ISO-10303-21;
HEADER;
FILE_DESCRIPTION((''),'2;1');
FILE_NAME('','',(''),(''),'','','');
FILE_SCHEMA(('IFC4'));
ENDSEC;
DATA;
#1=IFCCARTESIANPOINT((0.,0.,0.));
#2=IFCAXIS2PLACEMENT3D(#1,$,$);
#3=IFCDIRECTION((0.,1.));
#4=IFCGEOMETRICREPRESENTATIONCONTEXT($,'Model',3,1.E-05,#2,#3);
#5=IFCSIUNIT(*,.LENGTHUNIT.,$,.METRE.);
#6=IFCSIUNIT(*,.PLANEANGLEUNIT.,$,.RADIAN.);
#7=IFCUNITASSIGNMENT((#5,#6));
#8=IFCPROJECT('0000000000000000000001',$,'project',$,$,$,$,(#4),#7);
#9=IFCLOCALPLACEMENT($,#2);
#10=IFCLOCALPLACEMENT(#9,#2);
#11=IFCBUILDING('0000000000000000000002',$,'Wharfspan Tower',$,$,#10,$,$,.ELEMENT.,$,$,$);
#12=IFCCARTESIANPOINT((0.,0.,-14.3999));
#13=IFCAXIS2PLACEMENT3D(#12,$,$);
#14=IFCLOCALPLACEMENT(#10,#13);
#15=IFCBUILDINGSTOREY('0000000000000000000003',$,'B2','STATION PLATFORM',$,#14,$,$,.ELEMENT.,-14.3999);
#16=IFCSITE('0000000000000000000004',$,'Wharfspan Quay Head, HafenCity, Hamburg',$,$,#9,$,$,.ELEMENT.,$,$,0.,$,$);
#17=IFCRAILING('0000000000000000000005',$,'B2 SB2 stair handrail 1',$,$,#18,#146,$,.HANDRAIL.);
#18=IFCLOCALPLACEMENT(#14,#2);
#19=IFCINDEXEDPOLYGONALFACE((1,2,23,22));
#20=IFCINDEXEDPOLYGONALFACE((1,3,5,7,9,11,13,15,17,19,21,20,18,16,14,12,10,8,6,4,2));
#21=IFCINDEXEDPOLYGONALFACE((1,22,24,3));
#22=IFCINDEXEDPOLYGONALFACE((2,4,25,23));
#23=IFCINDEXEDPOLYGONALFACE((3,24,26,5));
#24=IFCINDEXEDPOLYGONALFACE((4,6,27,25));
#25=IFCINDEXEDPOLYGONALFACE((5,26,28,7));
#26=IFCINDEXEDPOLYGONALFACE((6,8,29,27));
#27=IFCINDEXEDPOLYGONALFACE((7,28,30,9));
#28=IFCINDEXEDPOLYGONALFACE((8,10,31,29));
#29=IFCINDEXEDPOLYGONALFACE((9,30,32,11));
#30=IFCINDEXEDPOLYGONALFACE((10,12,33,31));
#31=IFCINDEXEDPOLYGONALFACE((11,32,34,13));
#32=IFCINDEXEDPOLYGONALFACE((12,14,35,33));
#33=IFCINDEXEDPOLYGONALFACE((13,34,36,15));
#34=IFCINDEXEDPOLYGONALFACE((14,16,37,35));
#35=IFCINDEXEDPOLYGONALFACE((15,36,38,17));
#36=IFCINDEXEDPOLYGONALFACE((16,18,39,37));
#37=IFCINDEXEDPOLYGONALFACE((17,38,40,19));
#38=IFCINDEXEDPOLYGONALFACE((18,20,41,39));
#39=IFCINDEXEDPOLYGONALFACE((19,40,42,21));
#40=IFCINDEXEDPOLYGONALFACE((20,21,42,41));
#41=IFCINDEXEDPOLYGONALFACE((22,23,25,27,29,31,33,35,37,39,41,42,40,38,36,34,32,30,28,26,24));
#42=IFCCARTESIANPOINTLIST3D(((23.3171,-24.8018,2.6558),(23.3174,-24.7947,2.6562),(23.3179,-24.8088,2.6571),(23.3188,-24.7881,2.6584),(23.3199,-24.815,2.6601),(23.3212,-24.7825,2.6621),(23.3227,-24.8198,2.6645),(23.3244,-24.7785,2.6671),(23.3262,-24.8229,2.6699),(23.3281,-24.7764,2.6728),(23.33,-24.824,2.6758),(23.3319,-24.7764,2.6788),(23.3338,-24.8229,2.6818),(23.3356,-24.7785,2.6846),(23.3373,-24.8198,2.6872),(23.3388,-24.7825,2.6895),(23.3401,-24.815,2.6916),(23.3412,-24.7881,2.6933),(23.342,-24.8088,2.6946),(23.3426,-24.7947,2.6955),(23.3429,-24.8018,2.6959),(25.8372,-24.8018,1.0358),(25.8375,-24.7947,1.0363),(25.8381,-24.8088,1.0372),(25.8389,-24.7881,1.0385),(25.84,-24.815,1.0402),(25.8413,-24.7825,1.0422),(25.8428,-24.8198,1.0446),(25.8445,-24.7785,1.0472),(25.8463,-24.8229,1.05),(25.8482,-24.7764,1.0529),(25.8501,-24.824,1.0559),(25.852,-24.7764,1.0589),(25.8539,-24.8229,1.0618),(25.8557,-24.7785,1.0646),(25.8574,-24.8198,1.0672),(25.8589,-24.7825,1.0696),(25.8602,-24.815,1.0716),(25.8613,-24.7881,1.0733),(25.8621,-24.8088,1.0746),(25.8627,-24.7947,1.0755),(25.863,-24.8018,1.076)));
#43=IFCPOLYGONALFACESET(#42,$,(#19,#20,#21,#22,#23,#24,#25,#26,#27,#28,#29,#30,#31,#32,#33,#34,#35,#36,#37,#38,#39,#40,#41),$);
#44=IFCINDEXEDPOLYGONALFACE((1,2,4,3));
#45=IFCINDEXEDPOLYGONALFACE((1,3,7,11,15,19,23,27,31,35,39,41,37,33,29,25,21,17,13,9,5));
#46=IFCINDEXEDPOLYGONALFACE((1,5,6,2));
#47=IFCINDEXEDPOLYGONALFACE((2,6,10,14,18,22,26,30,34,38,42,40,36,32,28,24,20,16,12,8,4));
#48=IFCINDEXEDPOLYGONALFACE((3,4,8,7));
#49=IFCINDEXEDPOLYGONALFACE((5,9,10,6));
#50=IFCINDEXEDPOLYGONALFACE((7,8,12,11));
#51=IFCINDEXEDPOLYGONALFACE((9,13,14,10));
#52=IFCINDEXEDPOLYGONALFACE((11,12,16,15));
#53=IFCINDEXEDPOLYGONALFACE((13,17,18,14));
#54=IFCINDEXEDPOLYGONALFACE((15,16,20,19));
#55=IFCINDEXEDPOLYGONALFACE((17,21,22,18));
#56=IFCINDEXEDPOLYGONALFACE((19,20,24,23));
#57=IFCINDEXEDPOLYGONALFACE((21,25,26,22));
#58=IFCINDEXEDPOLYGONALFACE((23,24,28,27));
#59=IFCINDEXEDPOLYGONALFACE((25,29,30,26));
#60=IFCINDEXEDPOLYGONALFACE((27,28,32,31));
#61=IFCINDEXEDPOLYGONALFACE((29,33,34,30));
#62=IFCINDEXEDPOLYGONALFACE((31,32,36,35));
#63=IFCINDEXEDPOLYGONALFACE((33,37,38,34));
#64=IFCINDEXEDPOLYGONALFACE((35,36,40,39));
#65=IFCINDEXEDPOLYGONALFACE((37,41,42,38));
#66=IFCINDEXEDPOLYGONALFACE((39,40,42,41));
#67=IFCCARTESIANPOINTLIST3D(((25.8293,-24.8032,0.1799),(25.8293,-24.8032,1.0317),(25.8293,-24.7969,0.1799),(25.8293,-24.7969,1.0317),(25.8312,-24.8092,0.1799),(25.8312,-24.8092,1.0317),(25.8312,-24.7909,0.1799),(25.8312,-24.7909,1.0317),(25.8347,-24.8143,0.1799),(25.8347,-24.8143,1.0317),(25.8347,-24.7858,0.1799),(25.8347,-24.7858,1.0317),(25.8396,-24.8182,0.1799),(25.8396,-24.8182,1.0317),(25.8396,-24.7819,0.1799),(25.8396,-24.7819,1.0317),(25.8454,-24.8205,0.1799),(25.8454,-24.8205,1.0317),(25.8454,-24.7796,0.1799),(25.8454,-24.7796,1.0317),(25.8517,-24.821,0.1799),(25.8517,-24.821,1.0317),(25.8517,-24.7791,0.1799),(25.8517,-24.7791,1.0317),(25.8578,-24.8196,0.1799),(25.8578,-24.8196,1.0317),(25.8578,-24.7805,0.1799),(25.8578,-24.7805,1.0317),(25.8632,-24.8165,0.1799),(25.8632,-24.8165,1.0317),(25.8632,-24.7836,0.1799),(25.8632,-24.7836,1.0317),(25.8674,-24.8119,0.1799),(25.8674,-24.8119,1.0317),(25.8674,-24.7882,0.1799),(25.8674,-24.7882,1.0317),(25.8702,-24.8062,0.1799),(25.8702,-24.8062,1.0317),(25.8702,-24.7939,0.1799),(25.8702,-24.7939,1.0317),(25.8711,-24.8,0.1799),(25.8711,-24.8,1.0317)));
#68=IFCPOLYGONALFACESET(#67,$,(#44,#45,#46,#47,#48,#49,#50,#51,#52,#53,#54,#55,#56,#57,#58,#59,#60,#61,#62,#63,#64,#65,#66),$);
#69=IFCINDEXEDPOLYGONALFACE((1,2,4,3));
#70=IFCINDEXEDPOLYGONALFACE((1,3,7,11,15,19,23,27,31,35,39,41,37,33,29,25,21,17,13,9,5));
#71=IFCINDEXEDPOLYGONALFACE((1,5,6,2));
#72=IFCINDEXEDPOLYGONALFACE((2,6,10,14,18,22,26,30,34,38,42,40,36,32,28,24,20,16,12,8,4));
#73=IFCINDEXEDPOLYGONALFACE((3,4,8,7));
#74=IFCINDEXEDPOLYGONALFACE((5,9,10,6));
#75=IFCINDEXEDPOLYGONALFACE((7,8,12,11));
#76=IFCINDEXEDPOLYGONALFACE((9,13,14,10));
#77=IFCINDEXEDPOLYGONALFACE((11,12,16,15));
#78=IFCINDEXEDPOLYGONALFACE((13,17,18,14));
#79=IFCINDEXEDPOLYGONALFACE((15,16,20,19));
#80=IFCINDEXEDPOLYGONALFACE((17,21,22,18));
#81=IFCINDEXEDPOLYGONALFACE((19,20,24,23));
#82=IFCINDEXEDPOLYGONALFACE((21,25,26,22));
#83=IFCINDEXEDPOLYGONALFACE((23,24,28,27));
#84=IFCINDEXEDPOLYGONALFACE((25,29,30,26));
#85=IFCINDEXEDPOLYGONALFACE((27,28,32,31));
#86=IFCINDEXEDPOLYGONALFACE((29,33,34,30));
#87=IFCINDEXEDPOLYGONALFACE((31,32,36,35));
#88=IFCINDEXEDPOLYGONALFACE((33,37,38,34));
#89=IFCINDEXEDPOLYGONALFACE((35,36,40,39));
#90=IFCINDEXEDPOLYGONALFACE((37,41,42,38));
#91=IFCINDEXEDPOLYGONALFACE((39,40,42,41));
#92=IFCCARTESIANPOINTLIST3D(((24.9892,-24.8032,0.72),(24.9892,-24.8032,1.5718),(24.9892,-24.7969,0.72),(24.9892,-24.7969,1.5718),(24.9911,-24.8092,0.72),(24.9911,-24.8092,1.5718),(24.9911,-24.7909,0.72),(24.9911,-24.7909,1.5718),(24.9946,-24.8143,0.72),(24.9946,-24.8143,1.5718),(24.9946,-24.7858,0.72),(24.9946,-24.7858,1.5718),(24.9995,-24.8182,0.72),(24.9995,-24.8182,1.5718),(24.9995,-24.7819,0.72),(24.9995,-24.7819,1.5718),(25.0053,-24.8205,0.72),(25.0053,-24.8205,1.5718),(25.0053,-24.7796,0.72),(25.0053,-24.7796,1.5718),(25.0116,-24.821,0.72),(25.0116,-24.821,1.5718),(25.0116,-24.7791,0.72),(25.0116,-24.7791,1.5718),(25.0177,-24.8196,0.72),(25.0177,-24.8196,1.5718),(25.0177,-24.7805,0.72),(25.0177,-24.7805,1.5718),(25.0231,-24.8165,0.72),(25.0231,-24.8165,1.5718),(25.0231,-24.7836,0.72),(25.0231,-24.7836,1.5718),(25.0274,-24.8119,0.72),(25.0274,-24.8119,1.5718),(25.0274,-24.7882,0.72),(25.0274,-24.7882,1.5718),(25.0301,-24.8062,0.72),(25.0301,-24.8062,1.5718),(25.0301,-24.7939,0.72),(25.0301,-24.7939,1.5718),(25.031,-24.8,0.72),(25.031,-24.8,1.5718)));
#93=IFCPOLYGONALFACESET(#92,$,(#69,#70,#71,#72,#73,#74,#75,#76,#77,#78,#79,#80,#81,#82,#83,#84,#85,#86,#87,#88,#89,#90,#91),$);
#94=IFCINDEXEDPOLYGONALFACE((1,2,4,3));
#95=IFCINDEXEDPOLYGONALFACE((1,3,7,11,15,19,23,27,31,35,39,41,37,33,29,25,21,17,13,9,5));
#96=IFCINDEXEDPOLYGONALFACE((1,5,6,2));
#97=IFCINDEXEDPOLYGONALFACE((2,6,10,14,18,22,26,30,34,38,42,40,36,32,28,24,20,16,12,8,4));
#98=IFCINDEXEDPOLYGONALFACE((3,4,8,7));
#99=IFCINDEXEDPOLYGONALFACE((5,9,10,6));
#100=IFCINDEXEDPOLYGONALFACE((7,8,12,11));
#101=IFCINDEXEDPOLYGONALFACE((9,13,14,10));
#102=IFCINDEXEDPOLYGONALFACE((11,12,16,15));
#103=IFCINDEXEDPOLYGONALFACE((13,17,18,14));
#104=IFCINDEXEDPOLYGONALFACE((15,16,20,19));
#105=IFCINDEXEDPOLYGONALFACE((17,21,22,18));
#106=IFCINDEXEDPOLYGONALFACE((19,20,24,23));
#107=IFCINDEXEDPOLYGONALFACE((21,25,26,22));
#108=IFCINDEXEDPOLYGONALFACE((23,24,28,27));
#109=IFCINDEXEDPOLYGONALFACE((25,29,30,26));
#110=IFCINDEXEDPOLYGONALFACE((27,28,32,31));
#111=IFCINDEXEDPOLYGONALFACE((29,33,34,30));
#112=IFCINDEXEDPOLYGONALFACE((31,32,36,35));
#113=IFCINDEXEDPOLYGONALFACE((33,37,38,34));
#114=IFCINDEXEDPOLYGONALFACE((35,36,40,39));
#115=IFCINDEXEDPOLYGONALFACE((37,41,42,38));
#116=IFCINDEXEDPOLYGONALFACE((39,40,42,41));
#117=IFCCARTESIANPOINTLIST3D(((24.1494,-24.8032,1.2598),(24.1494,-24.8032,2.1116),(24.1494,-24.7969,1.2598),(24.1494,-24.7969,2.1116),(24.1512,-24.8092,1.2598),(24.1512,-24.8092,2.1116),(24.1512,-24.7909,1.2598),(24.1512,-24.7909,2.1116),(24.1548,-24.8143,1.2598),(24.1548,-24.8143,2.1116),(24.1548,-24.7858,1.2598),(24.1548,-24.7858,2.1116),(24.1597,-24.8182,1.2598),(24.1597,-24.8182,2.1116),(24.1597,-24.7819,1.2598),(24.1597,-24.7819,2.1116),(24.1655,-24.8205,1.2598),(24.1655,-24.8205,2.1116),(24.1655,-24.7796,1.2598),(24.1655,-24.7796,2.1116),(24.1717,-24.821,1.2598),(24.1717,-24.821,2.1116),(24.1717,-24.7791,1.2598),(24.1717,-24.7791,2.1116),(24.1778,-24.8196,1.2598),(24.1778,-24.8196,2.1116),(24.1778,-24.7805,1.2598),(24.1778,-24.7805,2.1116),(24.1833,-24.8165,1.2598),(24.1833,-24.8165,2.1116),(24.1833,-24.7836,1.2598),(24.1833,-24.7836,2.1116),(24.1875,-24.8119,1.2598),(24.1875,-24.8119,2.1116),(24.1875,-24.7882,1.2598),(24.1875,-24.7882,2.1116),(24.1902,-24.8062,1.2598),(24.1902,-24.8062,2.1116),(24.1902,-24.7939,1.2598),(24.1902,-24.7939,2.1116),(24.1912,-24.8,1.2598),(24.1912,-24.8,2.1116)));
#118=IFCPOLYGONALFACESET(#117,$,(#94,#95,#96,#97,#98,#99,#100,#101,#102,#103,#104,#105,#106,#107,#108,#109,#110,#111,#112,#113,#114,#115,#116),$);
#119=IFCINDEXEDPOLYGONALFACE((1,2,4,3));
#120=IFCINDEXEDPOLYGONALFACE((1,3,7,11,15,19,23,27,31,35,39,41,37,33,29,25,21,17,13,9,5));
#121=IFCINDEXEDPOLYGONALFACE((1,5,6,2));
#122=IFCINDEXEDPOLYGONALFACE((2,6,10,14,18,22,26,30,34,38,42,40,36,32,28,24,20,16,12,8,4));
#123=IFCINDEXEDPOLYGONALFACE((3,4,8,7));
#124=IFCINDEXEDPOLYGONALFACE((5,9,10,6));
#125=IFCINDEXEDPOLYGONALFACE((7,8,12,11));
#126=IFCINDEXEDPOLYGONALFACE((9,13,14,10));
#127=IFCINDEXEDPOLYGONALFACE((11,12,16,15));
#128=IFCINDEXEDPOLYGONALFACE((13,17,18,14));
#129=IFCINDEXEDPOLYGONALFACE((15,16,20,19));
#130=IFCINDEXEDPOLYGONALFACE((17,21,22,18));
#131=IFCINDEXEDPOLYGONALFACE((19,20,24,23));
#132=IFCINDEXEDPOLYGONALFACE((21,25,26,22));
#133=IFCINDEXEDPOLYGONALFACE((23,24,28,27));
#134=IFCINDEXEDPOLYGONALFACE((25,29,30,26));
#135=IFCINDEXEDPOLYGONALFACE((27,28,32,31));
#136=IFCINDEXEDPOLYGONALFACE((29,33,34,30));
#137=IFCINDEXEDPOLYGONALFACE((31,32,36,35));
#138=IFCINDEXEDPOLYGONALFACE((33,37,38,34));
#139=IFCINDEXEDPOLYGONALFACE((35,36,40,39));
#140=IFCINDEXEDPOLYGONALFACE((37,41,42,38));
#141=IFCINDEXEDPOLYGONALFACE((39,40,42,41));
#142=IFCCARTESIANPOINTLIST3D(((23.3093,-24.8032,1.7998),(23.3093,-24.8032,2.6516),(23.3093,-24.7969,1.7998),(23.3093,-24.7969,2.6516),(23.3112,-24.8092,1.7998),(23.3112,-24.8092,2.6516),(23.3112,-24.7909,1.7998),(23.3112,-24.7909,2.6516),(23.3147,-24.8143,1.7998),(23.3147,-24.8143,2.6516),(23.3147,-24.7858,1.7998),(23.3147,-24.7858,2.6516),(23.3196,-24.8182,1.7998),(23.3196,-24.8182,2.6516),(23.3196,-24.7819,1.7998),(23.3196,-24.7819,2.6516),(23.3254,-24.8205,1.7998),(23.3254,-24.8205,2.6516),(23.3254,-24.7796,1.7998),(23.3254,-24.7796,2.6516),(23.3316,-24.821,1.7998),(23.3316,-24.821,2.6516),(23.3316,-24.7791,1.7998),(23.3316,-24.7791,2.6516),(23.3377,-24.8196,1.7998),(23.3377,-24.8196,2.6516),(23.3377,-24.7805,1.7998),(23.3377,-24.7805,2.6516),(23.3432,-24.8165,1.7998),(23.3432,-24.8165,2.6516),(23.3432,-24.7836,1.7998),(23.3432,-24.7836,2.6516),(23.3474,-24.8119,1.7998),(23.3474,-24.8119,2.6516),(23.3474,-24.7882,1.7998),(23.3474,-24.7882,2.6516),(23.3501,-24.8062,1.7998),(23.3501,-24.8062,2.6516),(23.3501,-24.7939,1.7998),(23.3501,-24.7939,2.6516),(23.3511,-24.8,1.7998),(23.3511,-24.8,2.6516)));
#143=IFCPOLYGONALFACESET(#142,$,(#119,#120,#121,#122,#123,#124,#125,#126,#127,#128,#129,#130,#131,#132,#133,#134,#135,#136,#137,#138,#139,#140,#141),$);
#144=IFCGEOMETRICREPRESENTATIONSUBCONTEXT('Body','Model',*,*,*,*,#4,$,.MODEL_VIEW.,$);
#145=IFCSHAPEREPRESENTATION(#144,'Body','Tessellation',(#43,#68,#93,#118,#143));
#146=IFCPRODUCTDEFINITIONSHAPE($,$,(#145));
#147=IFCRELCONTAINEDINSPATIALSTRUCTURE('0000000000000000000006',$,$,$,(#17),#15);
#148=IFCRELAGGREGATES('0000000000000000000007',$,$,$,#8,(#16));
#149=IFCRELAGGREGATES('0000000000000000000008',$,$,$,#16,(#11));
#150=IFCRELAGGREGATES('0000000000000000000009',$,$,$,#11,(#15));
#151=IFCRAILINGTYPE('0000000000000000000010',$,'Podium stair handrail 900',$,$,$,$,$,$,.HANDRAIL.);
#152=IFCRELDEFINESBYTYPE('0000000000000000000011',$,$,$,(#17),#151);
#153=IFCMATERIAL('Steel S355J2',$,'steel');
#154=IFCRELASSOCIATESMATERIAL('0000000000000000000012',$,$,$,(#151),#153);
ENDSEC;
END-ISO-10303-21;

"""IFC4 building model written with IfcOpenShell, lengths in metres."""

from ifc_helpers import new_model, si_unit, direction, frame, origin, origin_2d, place, context, subcontext, project, spatial, circle, extrude, material, type_object, element, save


model = new_model("IFC4")

# Units and contexts
model_context = context("Model", 3, precision=1e-05, world=origin(), true_north=direction((0.0, 1.0)))
body_context = subcontext(model_context, "Body", "Model", "MODEL_VIEW")
ifc_project = project(units=[si_unit("LENGTHUNIT", "METRE"), si_unit("PLANEANGLEUNIT", "RADIAN")], contexts=[model_context])

# Site, building, storey
site_placement = place(None, origin())
site = spatial("IfcSite", under=ifc_project, at=site_placement, Name="Wharfspan Quay Head, HafenCity, Hamburg", CompositionType="ELEMENT", RefElevation=0.0)
building_placement = place(site_placement, origin())
building = spatial("IfcBuilding", under=site, at=building_placement, Name="Wharfspan Tower", CompositionType="ELEMENT")
storey_placement = place(building_placement, frame((0.0, 0.0, -14.3999)))
storey = spatial("IfcBuildingStorey", under=building, at=storey_placement, Name="B2", Description="STATION PLATFORM", CompositionType="ELEMENT", Elevation=-14.3999)

# Railing
ifc_material_1 = material(Name="Steel S355J2", Category="steel")
railing_type_1 = type_object("IfcRailingType", Name="Podium stair handrail 900", PredefinedType="HANDRAIL", material=ifc_material_1)
railing_1_placement = place(storey_placement, frame((25.8501, -24.8, 0.1799)))
element("IfcRailing", 1, at=railing_1_placement, inside=storey, type_object=railing_type_1, Name="B2 SB2 stair handrail 1", PredefinedType="HANDRAIL", context=body_context, shape_type="SweptSolid", body=[
    extrude(circle(Radius=0.0239, at=origin_2d()), frame((0.0, 0.0, 0.876), z_axis=(-0.8412, 0.0, 0.540725), x_axis=(0.0, -1.0, 0.0)), (0.0, 0.0, 1.0), 2.9958),
    extrude(circle(Radius=0.021, at=origin_2d()), origin(), (0.0, 0.0, 1.0), 0.8518),
    extrude(circle(Radius=0.021, at=origin_2d()), frame((-0.8401, 0.0, 0.54)), (0.0, 0.0, 1.0), 0.8518),
    extrude(circle(Radius=0.021, at=origin_2d()), frame((-1.6799, 0.0, 1.0798)), (0.0, 0.0, 1.0), 0.8518),
    extrude(circle(Radius=0.021, at=origin_2d()), frame((-2.52, 0.0, 1.6199)), (0.0, 0.0, 1.0), 0.8518),
])

save(model, "model.ifc")
